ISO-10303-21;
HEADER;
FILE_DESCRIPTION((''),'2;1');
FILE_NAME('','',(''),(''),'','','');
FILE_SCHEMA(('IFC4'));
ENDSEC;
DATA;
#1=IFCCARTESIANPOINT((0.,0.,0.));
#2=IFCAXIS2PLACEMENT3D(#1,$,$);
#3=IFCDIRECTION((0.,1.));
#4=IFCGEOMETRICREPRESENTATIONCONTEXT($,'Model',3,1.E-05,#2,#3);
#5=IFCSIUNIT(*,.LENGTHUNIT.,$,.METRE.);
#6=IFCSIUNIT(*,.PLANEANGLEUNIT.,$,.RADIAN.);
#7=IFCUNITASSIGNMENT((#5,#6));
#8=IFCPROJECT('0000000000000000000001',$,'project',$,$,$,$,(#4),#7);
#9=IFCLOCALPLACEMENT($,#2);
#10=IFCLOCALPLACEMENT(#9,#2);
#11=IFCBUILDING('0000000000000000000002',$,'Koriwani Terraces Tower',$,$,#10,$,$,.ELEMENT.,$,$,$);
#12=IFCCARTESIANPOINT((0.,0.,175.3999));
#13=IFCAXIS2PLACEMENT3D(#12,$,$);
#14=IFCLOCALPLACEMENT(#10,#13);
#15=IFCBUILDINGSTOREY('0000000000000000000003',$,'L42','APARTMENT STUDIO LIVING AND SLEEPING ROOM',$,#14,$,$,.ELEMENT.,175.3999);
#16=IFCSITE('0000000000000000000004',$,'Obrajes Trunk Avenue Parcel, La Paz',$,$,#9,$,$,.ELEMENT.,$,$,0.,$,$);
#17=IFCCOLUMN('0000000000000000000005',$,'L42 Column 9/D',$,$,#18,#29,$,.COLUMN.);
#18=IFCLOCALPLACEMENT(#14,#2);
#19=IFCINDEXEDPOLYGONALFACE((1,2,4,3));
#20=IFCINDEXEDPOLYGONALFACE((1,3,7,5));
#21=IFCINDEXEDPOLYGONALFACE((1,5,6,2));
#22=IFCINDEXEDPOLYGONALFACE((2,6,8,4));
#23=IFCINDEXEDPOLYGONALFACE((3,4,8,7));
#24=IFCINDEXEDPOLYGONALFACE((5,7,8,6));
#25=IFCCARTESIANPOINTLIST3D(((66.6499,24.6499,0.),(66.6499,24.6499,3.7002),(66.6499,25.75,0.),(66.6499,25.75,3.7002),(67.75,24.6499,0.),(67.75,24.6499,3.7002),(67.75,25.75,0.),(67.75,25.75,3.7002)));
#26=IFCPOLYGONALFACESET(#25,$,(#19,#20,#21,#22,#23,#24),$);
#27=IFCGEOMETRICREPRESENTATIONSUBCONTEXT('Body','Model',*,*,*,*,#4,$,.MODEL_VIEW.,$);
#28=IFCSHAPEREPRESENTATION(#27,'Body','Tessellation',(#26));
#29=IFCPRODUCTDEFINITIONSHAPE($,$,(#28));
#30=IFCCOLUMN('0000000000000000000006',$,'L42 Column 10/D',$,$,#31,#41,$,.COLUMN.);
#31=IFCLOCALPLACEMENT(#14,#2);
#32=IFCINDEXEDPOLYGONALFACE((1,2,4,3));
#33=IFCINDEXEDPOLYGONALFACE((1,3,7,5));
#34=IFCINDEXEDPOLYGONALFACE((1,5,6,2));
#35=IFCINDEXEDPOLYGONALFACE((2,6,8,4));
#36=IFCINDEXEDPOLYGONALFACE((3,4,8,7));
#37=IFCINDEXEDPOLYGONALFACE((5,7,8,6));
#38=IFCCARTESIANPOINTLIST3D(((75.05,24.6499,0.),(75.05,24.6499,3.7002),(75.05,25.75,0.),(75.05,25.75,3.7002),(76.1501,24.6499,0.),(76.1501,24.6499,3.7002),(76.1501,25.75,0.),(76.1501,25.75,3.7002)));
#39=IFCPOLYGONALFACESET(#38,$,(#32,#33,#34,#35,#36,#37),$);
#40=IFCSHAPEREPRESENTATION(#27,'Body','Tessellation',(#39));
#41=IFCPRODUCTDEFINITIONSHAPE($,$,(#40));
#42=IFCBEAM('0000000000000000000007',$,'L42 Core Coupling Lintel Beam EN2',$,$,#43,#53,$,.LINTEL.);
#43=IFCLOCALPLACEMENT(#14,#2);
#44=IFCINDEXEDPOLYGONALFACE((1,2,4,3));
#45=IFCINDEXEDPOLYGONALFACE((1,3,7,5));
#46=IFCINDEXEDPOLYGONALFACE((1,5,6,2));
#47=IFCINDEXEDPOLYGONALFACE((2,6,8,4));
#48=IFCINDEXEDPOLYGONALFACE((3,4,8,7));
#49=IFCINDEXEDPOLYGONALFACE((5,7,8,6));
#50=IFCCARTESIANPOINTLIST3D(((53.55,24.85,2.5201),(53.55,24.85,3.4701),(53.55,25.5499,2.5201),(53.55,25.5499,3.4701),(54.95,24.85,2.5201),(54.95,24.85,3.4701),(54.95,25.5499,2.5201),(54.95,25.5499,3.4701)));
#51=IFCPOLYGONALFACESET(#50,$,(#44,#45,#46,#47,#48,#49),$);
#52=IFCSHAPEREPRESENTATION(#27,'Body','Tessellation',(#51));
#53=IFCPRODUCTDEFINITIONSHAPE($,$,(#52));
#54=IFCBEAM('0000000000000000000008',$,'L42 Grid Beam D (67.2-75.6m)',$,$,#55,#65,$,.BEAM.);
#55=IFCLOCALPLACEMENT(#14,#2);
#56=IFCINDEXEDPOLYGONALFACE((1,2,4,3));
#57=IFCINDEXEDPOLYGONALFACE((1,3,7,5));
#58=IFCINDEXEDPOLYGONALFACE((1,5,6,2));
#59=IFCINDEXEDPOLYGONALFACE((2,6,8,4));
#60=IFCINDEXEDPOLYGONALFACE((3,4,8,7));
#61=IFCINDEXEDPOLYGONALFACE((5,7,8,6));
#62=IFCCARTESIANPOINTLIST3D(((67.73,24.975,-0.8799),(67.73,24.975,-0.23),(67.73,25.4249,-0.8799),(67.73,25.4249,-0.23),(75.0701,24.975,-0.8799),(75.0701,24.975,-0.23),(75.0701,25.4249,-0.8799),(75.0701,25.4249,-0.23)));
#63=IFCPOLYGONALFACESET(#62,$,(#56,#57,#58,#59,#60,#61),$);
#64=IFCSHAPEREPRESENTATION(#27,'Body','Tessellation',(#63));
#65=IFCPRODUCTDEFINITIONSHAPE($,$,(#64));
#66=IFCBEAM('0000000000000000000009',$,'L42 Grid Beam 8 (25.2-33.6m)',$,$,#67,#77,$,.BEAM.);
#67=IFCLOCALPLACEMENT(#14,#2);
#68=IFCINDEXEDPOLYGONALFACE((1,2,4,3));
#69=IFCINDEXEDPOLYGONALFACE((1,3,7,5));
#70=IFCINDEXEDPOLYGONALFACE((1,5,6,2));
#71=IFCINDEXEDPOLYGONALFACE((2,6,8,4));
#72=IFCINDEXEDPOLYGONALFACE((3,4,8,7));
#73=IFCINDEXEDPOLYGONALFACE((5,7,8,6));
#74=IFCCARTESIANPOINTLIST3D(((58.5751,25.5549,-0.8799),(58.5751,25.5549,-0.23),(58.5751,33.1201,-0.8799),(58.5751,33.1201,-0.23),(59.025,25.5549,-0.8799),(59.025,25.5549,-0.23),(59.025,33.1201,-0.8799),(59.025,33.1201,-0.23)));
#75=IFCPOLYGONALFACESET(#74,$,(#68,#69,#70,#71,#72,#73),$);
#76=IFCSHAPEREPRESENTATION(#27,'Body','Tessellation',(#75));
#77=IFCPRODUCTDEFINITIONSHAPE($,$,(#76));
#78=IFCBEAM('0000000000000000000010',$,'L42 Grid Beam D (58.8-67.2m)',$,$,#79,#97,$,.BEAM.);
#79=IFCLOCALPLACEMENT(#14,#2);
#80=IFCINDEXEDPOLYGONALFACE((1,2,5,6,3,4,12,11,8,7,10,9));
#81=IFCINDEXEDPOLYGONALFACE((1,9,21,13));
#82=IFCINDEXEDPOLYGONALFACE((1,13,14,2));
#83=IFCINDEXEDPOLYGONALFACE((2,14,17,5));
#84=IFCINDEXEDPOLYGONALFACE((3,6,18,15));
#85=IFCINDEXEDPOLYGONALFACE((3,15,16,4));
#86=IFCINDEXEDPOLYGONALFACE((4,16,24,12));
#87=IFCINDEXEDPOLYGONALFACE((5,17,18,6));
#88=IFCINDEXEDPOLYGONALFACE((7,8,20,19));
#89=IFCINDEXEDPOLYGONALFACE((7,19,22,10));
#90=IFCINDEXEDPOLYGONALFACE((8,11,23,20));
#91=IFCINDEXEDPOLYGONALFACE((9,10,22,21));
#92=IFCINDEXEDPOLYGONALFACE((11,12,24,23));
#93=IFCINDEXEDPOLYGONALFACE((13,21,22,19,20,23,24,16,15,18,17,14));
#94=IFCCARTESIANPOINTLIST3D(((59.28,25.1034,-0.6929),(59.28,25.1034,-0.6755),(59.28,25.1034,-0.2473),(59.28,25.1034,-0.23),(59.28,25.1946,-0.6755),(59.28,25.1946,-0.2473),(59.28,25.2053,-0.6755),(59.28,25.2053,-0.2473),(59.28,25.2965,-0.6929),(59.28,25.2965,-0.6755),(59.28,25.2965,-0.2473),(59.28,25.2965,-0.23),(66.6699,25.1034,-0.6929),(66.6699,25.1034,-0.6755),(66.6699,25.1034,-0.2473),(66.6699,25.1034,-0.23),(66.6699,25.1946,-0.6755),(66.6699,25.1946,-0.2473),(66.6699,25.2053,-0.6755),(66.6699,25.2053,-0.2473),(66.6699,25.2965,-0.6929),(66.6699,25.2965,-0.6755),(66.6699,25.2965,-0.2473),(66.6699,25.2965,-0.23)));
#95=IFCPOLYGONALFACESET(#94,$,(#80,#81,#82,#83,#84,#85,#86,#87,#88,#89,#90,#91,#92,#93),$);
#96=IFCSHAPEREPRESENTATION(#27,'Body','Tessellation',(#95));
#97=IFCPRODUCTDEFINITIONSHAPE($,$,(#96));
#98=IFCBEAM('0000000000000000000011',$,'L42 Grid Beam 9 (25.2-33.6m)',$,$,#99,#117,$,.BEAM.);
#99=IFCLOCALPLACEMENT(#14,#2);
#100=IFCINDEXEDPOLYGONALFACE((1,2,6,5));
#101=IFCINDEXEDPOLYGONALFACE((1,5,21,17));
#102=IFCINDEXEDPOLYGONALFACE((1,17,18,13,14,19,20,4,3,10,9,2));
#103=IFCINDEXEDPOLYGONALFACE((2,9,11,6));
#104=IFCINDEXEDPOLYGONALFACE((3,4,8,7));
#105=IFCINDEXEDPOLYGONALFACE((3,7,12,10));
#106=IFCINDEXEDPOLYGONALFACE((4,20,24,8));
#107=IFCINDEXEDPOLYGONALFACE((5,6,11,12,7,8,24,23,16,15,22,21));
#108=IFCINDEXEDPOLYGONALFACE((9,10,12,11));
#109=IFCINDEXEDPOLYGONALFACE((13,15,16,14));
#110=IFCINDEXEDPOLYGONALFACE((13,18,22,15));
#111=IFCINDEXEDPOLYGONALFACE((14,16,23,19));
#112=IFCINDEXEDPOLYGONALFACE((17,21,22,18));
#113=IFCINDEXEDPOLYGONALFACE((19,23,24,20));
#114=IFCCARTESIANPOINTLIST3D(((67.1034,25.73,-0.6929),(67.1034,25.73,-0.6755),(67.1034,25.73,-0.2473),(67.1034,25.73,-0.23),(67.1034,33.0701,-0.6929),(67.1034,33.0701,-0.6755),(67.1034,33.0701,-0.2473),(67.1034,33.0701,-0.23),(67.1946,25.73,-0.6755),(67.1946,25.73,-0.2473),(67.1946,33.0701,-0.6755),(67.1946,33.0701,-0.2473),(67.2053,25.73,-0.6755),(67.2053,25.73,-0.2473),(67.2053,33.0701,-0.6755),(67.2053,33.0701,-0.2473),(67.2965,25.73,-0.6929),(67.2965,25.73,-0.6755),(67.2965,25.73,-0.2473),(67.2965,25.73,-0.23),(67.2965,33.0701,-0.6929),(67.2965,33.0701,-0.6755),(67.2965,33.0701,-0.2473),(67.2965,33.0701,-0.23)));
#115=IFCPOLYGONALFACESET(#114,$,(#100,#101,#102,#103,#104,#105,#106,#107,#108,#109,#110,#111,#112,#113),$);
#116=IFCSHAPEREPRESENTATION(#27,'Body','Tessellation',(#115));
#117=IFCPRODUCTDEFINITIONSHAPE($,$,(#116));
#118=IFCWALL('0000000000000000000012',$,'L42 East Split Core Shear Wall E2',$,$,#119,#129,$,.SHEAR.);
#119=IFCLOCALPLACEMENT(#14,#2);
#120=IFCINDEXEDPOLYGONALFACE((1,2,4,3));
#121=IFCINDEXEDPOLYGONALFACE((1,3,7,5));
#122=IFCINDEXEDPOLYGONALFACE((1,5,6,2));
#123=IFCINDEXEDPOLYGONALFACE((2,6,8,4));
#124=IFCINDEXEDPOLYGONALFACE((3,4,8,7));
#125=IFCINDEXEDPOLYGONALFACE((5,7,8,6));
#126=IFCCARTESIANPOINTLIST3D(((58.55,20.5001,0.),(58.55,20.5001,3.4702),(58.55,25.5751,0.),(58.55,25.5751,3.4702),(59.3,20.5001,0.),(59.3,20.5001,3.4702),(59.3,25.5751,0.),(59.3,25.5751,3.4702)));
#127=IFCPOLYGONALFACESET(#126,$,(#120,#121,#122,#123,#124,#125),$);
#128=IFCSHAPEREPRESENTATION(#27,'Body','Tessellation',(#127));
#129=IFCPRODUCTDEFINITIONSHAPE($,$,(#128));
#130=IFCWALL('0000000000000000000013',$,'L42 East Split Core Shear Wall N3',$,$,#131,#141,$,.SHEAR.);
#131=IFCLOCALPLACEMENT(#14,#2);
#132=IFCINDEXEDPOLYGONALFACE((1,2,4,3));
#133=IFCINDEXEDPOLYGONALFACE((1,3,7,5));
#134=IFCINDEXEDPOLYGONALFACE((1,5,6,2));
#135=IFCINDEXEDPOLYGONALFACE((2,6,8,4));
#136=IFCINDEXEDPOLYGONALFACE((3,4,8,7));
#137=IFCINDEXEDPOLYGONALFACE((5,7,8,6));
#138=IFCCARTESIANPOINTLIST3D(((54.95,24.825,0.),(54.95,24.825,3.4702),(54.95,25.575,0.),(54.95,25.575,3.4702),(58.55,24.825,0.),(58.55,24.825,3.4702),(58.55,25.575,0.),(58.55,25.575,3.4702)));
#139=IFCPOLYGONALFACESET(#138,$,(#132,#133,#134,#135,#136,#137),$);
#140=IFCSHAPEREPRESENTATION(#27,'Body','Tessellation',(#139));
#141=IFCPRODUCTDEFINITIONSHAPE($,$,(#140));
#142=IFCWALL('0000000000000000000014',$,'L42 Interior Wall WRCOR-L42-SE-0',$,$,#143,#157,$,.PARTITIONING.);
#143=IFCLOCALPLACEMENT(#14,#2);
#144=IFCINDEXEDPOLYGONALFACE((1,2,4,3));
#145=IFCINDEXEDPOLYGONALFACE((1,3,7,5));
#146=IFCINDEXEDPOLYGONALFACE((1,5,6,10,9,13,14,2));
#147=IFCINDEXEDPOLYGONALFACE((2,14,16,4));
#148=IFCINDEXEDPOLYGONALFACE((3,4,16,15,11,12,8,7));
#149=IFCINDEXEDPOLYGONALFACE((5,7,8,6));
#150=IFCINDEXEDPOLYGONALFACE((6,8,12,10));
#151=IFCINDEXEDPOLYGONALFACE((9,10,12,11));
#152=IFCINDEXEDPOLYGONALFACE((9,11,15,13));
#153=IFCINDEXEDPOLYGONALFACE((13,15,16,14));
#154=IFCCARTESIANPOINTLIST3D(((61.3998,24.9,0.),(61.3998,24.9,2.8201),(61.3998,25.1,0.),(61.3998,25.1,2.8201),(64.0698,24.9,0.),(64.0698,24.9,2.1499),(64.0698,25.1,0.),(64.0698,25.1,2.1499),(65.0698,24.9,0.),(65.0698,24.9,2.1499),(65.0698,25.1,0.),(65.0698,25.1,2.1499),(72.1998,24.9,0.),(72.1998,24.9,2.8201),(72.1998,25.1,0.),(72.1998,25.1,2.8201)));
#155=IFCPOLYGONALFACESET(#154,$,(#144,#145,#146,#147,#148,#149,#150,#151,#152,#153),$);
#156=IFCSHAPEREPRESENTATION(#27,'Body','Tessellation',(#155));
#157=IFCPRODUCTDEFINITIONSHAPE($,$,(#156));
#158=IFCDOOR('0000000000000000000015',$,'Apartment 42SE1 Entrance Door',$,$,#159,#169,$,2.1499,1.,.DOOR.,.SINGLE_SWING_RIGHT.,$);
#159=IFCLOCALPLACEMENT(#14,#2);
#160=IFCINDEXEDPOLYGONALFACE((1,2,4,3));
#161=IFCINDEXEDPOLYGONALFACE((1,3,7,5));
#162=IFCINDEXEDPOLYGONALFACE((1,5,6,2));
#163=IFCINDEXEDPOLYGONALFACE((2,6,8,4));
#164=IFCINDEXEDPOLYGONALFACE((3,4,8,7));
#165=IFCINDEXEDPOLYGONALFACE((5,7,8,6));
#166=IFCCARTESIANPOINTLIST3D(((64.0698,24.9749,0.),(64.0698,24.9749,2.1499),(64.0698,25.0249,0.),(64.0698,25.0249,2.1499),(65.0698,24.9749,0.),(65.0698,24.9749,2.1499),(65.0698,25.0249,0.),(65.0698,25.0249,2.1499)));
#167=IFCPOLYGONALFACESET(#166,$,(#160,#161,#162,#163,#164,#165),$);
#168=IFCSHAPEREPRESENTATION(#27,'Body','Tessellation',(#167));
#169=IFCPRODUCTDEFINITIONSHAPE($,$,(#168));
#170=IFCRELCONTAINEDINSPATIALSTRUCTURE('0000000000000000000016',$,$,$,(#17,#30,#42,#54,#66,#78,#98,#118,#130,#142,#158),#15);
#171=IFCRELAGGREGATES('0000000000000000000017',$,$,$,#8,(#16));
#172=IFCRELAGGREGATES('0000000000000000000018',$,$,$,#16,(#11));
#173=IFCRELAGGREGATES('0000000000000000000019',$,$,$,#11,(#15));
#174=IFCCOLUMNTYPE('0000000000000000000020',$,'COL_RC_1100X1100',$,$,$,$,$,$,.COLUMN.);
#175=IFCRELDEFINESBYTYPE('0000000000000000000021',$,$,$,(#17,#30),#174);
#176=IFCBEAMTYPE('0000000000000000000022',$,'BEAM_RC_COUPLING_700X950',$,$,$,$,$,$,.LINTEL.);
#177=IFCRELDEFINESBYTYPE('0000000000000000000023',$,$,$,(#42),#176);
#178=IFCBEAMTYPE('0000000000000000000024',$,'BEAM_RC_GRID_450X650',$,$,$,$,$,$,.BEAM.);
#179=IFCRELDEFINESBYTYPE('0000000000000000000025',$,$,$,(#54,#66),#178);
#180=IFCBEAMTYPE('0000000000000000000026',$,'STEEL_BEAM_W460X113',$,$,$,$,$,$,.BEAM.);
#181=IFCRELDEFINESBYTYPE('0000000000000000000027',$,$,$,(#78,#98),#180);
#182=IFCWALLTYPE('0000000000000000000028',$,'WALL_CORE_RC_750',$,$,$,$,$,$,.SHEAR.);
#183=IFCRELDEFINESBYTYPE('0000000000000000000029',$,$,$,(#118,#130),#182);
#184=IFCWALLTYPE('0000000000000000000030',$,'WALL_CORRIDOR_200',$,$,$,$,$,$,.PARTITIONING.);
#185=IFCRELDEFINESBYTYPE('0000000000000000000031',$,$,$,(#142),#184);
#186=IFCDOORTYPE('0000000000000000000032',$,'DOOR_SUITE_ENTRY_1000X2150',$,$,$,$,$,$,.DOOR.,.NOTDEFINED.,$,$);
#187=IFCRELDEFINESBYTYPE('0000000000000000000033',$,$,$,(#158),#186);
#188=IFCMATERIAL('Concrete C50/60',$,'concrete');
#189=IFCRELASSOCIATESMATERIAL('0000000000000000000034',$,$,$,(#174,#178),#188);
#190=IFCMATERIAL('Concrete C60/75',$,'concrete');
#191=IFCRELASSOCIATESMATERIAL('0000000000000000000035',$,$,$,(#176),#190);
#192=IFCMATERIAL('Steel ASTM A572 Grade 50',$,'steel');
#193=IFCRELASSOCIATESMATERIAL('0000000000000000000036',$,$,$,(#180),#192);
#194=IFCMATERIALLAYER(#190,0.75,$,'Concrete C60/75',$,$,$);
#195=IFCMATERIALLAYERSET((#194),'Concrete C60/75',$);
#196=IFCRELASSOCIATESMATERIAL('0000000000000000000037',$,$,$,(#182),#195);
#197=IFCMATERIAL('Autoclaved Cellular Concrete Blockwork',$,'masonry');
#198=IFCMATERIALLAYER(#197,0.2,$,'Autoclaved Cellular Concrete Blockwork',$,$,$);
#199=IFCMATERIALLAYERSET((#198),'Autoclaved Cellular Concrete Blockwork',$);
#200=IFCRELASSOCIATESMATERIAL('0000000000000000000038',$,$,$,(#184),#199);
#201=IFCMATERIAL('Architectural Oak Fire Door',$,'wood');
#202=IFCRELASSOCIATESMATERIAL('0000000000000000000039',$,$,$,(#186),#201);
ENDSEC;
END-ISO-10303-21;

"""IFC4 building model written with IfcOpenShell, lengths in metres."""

from ifc_helpers import new_model, si_unit, direction, frame, frame_2d, origin, origin_2d, place, context, subcontext, project, spatial, rectangle, i_section, extrude, material, layer, layer_set, material_profile, profile_set, type_object, element, fill, save


model = new_model("IFC4")

# Units and contexts
model_context = context("Model", 3, precision=1e-05, world=origin(), true_north=direction((0.0, 1.0)))
body_context = subcontext(model_context, "Body", "Model", "MODEL_VIEW")
ifc_project = project(units=[si_unit("LENGTHUNIT", "METRE"), si_unit("PLANEANGLEUNIT", "RADIAN")], contexts=[model_context])

# Site, building, storey
site_placement = place(None, origin())
site = spatial("IfcSite", under=ifc_project, at=site_placement, Name="Obrajes Trunk Avenue Parcel, La Paz", CompositionType="ELEMENT", RefElevation=0.0)
building_placement = place(site_placement, origin())
building = spatial("IfcBuilding", under=site, at=building_placement, Name="Koriwani Terraces Tower", CompositionType="ELEMENT")
storey_placement = place(building_placement, frame((0.0, 0.0, 175.3999)))
storey = spatial("IfcBuildingStorey", under=building, at=storey_placement, Name="L42", Description="APARTMENT STUDIO LIVING AND SLEEPING ROOM", CompositionType="ELEMENT", Elevation=175.3999)

# Columns
ifc_material_1 = material(Name="Concrete C50/60", Category="concrete")
ifc_material_profile_1 = material_profile(ifc_material_1, rectangle(XDim=1.1001, YDim=1.1001, at=origin_2d()), Name="Concrete C50/60", Category="LoadBearing")
ifc_profile_set_1 = profile_set([ifc_material_profile_1], Name="Concrete C50/60")
column_type = type_object("IfcColumnType", Name="COL_RC_1100X1100", PredefinedType="COLUMN", material=ifc_profile_set_1)
for number, where, z_axis, x_axis, name in (
    (1, (67.2, 25.2, 0.0), (0.0, 0.0, 1.0), (1.0, 0.0, 0.0), "L42 Column 9/D"),
    (2, (75.6001, 25.2, 0.0), (0.0, 0.0, 1.0), (1.0, 0.0, 0.0), "L42 Column 10/D"),
):
    element("IfcColumn", number, at=place(storey_placement, frame(where, z_axis=z_axis, x_axis=x_axis)), inside=storey, type_object=column_type, Name=name, PredefinedType="COLUMN", context=body_context, shape_type="SweptSolid", body=[
        extrude(rectangle(XDim=1.1001, YDim=1.1001, at=origin_2d()), origin(), (0.0, 0.0, 1.0), 3.7002),
    ])

# Beams
ifc_material_2 = material(Name="Concrete C60/75", Category="concrete")
ifc_material_profile_2 = material_profile(ifc_material_2, rectangle(XDim=0.7, YDim=0.95, at=origin_2d()), Name="Concrete C60/75", Category="LoadBearing")
ifc_profile_set_2 = profile_set([ifc_material_profile_2], Name="Concrete C60/75")
beam_type_1 = type_object("IfcBeamType", Name="BEAM_RC_COUPLING_700X950", PredefinedType="LINTEL", material=ifc_profile_set_2)
beam_1_placement = place(storey_placement, frame((53.55, 25.2, 2.9951), z_axis=(1.0, 0.0, 0.0), x_axis=(0.0, 1.0, 0.0)))
element("IfcBeam", 3, at=beam_1_placement, inside=storey, type_object=beam_type_1, Name="L42 Core Coupling Lintel Beam EN2", PredefinedType="LINTEL", context=body_context, shape_type="SweptSolid", body=[
    extrude(rectangle(XDim=0.7, YDim=0.95, at=origin_2d()), origin(), (0.0, 0.0, 1.0), 1.3999),
])
ifc_material_profile_3 = material_profile(ifc_material_1, rectangle(XDim=0.45, YDim=0.6499, at=origin_2d()), Name="Concrete C50/60", Category="LoadBearing")
ifc_profile_set_3 = profile_set([ifc_material_profile_3], Name="Concrete C50/60")
beam_type_2 = type_object("IfcBeamType", Name="BEAM_RC_GRID_450X650", PredefinedType="BEAM", material=ifc_profile_set_3)
beam_2_placement = place(storey_placement, frame((67.73, 25.2, -0.5549), z_axis=(1.0, 0.0, 0.0), x_axis=(0.0, 1.0, 0.0)))
element("IfcBeam", 4, at=beam_2_placement, inside=storey, type_object=beam_type_2, Name="L42 Grid Beam D (67.2-75.6m)", PredefinedType="BEAM", context=body_context, shape_type="SweptSolid", body=[
    extrude(rectangle(XDim=0.45, YDim=0.6499, at=origin_2d()), origin(), (0.0, 0.0, 1.0), 7.3401),
])
beam_3_placement = place(storey_placement, frame((58.8, 25.5549, -0.5549), z_axis=(0.0, 1.0, 0.0), x_axis=(-1.0, 0.0, 0.0)))
element("IfcBeam", 5, at=beam_3_placement, inside=storey, type_object=beam_type_2, Name="L42 Grid Beam 8 (25.2-33.6m)", PredefinedType="BEAM", context=body_context, shape_type="SweptSolid", body=[
    extrude(rectangle(XDim=0.45, YDim=0.6499, at=origin_2d()), origin(), (0.0, 0.0, 1.0), 7.5652),
])
ifc_material_3 = material(Name="Steel ASTM A572 Grade 50", Category="steel")
ifc_material_profile_4 = material_profile(ifc_material_3, i_section(OverallWidth=0.1931, OverallDepth=0.4629, WebThickness=0.0107, FlangeThickness=0.0173, at=origin_2d()), Name="Steel ASTM A572 Grade 50", Category="LoadBearing")
ifc_profile_set_4 = profile_set([ifc_material_profile_4], Name="Steel ASTM A572 Grade 50")
beam_type_3 = type_object("IfcBeamType", Name="STEEL_BEAM_W460X113", PredefinedType="BEAM", material=ifc_profile_set_4)
beam_4_placement = place(storey_placement, frame((59.28, 25.2, -0.4614), z_axis=(1.0, 0.0, 0.0), x_axis=(0.0, 1.0, 0.0)))
element("IfcBeam", 6, at=beam_4_placement, inside=storey, type_object=beam_type_3, Name="L42 Grid Beam D (58.8-67.2m)", PredefinedType="BEAM", context=body_context, shape_type="SweptSolid", body=[
    extrude(i_section(OverallWidth=0.1931, OverallDepth=0.4629, WebThickness=0.0107, FlangeThickness=0.0173, at=origin_2d()), origin(), (0.0, 0.0, 1.0), 7.3899),
])
beam_5_placement = place(storey_placement, frame((67.2, 25.73, -0.4614), z_axis=(0.0, 1.0, 0.0), x_axis=(-1.0, 0.0, 0.0)))
element("IfcBeam", 7, at=beam_5_placement, inside=storey, type_object=beam_type_3, Name="L42 Grid Beam 9 (25.2-33.6m)", PredefinedType="BEAM", context=body_context, shape_type="SweptSolid", body=[
    extrude(i_section(OverallWidth=0.1931, OverallDepth=0.4629, WebThickness=0.0107, FlangeThickness=0.0173, at=origin_2d()), origin(), (0.0, 0.0, 1.0), 7.3401),
])

# Walls
ifc_layer_1 = layer(ifc_material_2, 0.75, Name="Concrete C60/75")
ifc_layer_set_1 = layer_set([ifc_layer_1], Name="Concrete C60/75")
wall_type_1 = type_object("IfcWallType", Name="WALL_CORE_RC_750", PredefinedType="SHEAR", material=ifc_layer_set_1)
wall_1_placement = place(storey_placement, frame((58.925, 20.5, 0.0), z_axis=(0.0, 0.0, 1.0), x_axis=(0.0, 1.0, 0.0)))
element("IfcWall", 8, at=wall_1_placement, inside=storey, type_object=wall_type_1, Name="L42 East Split Core Shear Wall E2", PredefinedType="SHEAR", context=body_context, shape_type="SweptSolid", body=[
    extrude(rectangle(XDim=5.075, YDim=0.75, at=frame_2d((2.5376, 0.0))), origin(), (0.0, 0.0, 1.0), 3.4702),
])
wall_2_placement = place(storey_placement, frame((54.95, 25.2, 0.0), z_axis=(0.0, 0.0, 1.0), x_axis=(1.0, 0.0, 0.0)))
element("IfcWall", 9, at=wall_2_placement, inside=storey, type_object=wall_type_1, Name="L42 East Split Core Shear Wall N3", PredefinedType="SHEAR", context=body_context, shape_type="SweptSolid", body=[
    extrude(rectangle(XDim=3.6001, YDim=0.75, at=frame_2d((1.8, 0.0))), origin(), (0.0, 0.0, 1.0), 3.4702),
])

# Wall, opening, door
ifc_material_4 = material(Name="Autoclaved Cellular Concrete Blockwork", Category="masonry")
ifc_layer_2 = layer(ifc_material_4, 0.2, Name="Autoclaved Cellular Concrete Blockwork")
ifc_layer_set_2 = layer_set([ifc_layer_2], Name="Autoclaved Cellular Concrete Blockwork")
wall_type_2 = type_object("IfcWallType", Name="WALL_CORRIDOR_200", PredefinedType="PARTITIONING", material=ifc_layer_set_2)
wall_3_placement = place(storey_placement, frame((61.3999, 25.0, 0.0), z_axis=(0.0, 0.0, 1.0), x_axis=(1.0, 0.0, 0.0)))
wall_3 = element("IfcWall", 10, at=wall_3_placement, inside=storey, type_object=wall_type_2, Name="L42 Interior Wall WRCOR-L42-SE-0", PredefinedType="PARTITIONING", context=body_context, shape_type="SweptSolid", body=[
    extrude(rectangle(XDim=10.8, YDim=0.2, at=frame_2d((5.3999, 0.0))), origin(), (0.0, 0.0, 1.0), 2.8201),
])
opening_1_placement = place(wall_3_placement, frame((2.6699, 0.0, 0.0)))
opening_1 = element("IfcOpeningElement", 11, at=opening_1_placement, cuts=wall_3, PredefinedType="OPENING", context=body_context, shape_type="SweptSolid", body=[
    extrude(rectangle(XDim=1.0, YDim=2.1499, at=frame_2d((0.5, 1.075))), frame((0.0, 0.1099, 0.0), z_axis=(0.0, -1.0, 0.0), x_axis=(1.0, 0.0, 0.0)), (0.0, 0.0, 1.0), 0.22),
])
ifc_material_5 = material(Name="Architectural Oak Fire Door", Category="wood")
door_type_1 = type_object("IfcDoorType", Name="DOOR_SUITE_ENTRY_1000X2150", OperationType="NOTDEFINED", PredefinedType="DOOR", material=ifc_material_5)
door_1_placement = place(opening_1_placement, origin())
door_1 = element("IfcDoor", 12, at=door_1_placement, inside=storey, type_object=door_type_1, Name="Apartment 42SE1 Entrance Door", OperationType="SINGLE_SWING_RIGHT", OverallHeight=2.1499, OverallWidth=1.0, PredefinedType="DOOR", context=body_context, shape_type="SweptSolid", body=[
    extrude(rectangle(XDim=1.0, YDim=2.1499, at=frame_2d((0.5, 1.075))), frame((0.0, 0.0249, 0.0), z_axis=(0.0, -1.0, 0.0), x_axis=(1.0, 0.0, 0.0)), (0.0, 0.0, 1.0), 0.05),
])
fill(opening_1, door_1)

save(model, "model.ifc")
